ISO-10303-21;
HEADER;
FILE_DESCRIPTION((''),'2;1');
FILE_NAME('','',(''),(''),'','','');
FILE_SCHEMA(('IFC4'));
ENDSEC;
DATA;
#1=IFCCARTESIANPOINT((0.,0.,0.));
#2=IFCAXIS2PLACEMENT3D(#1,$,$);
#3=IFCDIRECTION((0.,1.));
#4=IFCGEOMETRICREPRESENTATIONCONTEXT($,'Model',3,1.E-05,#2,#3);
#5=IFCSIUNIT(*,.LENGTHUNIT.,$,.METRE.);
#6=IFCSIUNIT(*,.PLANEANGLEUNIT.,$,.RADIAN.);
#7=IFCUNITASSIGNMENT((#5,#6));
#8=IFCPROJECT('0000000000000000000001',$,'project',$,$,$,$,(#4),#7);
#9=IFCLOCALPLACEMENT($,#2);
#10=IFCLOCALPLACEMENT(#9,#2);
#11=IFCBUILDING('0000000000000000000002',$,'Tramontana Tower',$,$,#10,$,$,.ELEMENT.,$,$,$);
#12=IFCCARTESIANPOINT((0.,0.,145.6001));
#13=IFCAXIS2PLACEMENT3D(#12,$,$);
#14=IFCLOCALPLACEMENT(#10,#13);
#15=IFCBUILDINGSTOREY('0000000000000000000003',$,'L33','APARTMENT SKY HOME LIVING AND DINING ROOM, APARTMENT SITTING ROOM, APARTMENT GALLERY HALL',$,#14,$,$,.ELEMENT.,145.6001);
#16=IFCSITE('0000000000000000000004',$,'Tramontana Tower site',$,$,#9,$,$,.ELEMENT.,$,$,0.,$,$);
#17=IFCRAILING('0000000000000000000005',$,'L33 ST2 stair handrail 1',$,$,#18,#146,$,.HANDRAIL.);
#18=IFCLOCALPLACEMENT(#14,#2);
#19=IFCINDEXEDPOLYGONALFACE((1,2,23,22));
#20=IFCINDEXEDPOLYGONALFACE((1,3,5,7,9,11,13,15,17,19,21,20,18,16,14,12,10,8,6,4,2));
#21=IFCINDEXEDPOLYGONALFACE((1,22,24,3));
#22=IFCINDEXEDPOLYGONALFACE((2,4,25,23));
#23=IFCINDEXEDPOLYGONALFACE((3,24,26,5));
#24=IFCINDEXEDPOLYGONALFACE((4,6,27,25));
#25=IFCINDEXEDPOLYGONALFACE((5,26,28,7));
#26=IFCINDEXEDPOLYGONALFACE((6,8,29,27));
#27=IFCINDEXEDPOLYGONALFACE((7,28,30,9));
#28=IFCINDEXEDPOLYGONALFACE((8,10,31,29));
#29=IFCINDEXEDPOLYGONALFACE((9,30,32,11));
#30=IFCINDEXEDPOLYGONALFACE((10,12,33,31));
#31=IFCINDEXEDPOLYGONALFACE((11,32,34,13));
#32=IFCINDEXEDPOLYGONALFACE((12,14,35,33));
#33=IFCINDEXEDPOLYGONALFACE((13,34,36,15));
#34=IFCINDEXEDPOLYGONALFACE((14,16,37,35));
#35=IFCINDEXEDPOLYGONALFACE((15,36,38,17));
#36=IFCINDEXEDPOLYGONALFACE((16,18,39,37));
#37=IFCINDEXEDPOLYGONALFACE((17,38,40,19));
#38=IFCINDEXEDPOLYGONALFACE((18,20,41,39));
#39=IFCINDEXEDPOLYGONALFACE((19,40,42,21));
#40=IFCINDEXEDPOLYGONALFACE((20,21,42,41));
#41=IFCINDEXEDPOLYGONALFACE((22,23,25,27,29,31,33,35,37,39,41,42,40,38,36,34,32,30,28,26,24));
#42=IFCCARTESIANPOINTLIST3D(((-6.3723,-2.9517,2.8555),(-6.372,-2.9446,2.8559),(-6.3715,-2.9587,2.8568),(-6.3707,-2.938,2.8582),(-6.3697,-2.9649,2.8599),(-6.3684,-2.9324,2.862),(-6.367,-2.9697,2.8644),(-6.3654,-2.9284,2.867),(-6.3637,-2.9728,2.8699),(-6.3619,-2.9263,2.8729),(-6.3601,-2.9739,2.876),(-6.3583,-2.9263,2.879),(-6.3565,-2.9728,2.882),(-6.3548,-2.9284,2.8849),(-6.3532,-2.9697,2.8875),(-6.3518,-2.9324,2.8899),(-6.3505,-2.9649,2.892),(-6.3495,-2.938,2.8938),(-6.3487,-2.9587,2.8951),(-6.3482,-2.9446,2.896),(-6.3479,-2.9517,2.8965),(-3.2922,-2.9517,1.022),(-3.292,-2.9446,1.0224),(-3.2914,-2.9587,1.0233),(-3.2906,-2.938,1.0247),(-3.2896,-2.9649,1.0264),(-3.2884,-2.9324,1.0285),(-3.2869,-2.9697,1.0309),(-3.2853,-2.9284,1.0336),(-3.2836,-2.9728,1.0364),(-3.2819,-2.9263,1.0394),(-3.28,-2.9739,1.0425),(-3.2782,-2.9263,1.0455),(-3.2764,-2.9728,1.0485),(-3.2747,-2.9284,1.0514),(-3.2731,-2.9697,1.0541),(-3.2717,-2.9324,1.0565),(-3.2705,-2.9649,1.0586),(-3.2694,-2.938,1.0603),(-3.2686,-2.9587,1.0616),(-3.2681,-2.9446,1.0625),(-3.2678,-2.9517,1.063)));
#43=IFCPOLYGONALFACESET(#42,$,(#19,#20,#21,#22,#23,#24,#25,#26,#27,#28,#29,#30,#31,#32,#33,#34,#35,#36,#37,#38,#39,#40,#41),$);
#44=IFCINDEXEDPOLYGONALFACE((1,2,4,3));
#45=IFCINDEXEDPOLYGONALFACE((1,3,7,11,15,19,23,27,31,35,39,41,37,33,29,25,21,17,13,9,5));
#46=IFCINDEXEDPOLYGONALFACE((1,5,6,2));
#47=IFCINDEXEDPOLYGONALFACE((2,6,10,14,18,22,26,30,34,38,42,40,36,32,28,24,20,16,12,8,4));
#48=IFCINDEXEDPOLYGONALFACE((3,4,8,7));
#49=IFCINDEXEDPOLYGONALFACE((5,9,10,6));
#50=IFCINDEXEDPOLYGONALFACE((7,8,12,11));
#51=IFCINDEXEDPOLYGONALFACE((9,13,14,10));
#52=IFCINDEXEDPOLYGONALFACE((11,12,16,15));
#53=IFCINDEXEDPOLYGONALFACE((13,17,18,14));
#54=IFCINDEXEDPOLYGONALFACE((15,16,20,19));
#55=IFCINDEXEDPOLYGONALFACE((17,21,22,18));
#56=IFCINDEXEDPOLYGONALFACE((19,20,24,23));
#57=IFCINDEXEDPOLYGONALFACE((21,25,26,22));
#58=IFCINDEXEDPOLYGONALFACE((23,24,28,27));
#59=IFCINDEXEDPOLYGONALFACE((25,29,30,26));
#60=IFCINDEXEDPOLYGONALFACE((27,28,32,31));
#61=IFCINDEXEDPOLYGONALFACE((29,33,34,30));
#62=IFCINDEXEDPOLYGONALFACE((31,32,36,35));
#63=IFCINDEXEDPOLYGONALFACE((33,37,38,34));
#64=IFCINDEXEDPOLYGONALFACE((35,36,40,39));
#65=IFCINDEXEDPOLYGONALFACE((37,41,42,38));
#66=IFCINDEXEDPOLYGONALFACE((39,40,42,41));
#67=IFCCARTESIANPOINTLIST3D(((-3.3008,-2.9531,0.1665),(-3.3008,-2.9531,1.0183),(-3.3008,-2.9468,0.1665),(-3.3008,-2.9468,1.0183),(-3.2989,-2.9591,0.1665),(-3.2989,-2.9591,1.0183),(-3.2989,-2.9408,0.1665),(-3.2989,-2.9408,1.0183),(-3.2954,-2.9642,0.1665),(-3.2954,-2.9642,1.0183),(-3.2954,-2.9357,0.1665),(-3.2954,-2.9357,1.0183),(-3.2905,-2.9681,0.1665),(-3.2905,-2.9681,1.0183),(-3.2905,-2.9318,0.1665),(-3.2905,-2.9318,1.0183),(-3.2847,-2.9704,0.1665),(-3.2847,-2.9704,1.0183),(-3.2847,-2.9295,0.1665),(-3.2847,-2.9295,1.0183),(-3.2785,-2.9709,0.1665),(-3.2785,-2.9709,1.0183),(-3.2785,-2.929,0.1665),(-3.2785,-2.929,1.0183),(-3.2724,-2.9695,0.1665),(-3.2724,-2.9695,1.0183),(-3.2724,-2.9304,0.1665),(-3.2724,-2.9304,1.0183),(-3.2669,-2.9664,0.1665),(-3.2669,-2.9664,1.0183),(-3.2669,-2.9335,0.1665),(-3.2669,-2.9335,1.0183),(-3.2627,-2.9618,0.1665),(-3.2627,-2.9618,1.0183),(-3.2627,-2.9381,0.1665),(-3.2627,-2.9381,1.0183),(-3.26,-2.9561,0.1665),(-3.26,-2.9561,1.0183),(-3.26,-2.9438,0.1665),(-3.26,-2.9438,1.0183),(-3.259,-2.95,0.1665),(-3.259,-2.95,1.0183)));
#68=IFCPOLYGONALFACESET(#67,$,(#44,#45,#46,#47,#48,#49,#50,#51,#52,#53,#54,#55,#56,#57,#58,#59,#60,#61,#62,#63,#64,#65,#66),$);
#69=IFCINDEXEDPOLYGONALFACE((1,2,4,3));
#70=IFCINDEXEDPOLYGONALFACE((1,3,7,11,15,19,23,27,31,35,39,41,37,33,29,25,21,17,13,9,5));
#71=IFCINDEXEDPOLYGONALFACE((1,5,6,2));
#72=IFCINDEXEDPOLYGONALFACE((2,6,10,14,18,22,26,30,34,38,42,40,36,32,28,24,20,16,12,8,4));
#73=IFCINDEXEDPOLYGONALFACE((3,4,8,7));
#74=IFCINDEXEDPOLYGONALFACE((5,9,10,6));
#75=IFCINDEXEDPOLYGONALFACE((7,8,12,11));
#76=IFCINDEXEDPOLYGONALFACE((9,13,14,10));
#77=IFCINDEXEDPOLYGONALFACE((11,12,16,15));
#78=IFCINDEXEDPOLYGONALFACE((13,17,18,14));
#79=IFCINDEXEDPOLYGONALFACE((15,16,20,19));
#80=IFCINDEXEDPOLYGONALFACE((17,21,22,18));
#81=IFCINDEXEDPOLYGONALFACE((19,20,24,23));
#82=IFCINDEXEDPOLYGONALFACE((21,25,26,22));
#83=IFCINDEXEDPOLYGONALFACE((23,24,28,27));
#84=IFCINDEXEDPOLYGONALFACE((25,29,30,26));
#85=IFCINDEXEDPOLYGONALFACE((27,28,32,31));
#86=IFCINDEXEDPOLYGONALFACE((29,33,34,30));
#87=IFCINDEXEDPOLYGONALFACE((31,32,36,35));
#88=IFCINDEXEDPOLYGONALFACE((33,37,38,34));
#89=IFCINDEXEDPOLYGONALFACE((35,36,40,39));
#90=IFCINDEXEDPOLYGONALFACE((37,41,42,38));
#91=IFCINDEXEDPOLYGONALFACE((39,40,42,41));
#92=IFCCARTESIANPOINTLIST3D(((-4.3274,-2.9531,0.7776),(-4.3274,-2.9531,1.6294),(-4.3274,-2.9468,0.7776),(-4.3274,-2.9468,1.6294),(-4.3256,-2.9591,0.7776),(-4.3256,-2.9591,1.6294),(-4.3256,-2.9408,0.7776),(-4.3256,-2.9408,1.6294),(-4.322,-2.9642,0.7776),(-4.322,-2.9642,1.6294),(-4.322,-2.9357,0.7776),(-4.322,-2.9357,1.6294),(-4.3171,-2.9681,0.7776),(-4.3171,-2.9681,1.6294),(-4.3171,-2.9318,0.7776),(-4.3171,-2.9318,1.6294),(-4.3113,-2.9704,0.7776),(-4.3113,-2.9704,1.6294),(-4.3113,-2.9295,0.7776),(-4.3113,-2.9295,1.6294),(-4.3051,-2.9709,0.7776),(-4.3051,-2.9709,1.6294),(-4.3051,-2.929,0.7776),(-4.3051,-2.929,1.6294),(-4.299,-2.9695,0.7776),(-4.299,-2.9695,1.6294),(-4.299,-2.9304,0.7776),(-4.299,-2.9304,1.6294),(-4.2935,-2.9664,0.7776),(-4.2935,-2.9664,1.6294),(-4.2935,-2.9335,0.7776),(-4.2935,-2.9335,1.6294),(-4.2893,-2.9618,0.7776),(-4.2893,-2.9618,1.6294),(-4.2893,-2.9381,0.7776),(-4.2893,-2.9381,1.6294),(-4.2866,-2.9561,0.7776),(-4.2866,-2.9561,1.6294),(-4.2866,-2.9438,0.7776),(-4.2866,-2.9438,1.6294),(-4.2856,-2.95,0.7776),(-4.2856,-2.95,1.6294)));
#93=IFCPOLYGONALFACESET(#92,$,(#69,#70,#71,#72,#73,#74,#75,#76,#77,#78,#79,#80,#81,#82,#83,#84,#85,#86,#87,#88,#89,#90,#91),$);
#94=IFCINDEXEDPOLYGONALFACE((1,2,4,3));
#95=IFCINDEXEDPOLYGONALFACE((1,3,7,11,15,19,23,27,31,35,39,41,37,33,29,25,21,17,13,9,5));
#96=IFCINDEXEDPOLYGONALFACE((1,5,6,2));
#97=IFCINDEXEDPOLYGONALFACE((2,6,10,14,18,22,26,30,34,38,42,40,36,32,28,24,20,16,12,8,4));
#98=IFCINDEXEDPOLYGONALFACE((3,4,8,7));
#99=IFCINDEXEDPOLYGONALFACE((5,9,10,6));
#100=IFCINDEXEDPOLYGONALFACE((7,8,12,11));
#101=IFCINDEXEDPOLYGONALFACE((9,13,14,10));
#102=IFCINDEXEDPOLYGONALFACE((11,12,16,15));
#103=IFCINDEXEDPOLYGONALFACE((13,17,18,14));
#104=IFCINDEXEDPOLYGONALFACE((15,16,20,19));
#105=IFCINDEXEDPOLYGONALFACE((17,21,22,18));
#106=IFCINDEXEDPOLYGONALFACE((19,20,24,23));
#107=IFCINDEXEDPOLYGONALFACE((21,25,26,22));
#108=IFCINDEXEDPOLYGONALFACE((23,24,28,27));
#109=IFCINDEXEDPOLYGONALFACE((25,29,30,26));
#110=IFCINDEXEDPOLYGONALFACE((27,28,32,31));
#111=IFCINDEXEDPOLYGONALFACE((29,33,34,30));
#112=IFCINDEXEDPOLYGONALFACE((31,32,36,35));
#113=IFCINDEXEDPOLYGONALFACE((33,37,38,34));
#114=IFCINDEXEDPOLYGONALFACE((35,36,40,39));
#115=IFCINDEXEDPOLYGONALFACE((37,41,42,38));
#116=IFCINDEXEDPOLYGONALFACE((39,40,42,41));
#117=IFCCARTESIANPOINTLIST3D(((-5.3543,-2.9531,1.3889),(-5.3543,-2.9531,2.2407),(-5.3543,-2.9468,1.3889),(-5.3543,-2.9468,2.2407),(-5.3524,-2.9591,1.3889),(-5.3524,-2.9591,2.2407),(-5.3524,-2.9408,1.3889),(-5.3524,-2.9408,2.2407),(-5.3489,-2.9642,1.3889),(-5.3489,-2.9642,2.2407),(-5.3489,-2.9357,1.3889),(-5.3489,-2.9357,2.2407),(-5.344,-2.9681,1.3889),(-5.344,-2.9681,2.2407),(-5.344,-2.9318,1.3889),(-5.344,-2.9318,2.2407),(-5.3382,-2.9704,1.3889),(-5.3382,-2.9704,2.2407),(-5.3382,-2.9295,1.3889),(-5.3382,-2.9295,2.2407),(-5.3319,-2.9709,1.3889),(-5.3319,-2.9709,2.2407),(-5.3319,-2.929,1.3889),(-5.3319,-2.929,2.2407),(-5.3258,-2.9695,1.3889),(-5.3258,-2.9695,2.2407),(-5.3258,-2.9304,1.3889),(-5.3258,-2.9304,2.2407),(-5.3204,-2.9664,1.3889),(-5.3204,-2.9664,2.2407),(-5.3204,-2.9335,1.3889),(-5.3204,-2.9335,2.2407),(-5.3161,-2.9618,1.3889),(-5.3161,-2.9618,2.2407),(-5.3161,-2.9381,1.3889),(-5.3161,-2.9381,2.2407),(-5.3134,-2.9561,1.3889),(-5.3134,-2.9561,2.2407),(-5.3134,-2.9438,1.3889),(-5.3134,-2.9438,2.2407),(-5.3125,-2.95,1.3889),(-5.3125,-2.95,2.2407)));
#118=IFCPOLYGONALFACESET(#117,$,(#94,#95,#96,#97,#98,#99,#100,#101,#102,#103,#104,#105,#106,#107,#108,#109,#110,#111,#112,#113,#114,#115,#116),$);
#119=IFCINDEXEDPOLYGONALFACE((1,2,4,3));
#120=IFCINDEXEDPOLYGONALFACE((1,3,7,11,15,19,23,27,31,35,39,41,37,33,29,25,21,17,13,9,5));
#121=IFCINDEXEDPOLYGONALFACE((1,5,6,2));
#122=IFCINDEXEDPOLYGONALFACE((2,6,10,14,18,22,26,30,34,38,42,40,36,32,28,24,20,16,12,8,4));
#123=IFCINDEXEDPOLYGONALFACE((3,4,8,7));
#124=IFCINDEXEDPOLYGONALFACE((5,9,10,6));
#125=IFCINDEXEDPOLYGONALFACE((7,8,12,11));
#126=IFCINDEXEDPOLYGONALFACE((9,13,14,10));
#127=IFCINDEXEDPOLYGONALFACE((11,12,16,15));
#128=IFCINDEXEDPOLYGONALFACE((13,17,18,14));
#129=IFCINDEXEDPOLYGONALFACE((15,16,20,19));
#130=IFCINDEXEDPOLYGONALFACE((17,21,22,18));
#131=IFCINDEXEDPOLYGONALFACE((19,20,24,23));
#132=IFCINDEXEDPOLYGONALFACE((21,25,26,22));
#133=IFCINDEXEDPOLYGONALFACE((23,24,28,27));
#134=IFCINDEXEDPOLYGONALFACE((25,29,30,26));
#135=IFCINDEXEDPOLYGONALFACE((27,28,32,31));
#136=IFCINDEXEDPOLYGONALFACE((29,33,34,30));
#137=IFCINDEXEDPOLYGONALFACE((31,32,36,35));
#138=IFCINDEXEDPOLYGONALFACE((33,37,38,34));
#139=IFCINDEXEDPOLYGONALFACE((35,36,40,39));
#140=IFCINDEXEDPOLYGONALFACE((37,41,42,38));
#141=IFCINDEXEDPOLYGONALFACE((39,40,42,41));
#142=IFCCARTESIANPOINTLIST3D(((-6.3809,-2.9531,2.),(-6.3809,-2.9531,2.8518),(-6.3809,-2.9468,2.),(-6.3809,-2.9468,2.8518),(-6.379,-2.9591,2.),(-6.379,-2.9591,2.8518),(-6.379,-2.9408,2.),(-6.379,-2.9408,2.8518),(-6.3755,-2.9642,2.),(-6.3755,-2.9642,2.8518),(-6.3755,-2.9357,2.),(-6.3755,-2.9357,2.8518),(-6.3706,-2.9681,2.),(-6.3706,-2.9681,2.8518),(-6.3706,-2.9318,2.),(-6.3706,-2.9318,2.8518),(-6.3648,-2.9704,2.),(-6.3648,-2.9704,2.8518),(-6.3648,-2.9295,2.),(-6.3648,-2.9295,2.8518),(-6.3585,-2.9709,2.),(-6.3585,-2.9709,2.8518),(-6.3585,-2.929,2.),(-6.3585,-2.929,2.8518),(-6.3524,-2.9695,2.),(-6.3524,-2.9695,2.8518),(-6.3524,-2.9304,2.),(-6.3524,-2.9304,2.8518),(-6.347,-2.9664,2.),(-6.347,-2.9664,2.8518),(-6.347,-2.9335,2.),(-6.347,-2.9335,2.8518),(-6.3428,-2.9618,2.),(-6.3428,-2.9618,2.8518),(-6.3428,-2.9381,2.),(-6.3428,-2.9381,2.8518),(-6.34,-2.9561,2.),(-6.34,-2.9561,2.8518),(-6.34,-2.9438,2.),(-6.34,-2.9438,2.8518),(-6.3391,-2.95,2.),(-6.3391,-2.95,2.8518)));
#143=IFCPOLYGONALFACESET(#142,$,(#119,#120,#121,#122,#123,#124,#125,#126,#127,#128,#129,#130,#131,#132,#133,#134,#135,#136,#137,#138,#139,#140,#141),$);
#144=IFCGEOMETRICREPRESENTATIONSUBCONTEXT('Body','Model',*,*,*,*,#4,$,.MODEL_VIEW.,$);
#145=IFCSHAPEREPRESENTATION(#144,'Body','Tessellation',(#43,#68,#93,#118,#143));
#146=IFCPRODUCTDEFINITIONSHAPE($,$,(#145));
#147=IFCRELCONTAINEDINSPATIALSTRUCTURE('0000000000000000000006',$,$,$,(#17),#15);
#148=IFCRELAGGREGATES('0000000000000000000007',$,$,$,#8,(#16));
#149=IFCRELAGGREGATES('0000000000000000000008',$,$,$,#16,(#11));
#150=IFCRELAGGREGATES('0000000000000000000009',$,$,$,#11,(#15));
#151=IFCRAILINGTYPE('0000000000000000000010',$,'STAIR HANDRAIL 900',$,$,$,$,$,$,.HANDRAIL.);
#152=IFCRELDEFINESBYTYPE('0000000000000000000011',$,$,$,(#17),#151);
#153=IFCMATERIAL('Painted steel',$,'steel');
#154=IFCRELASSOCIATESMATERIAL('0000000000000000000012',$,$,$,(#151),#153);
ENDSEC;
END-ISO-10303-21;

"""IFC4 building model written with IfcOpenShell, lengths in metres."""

from ifc_helpers import new_model, si_unit, direction, frame, origin, origin_2d, place, context, subcontext, project, spatial, circle, extrude, material, type_object, element, save


model = new_model("IFC4")

# Units and contexts
model_context = context("Model", 3, precision=1e-05, world=origin(), true_north=direction((0.0, 1.0)))
body_context = subcontext(model_context, "Body", "Model", "MODEL_VIEW")
ifc_project = project(units=[si_unit("LENGTHUNIT", "METRE"), si_unit("PLANEANGLEUNIT", "RADIAN")], contexts=[model_context])

# Site, building, storey
site_placement = place(None, origin())
site = spatial("IfcSite", under=ifc_project, at=site_placement, Name="Tramontana Tower site", CompositionType="ELEMENT", RefElevation=0.0)
building_placement = place(site_placement, origin())
building = spatial("IfcBuilding", under=site, at=building_placement, Name="Tramontana Tower", CompositionType="ELEMENT")
storey_placement = place(building_placement, frame((0.0, 0.0, 145.6001)))
storey = spatial("IfcBuildingStorey", under=building, at=storey_placement, Name="L33", Description="APARTMENT SKY HOME LIVING AND DINING ROOM, APARTMENT SITTING ROOM, APARTMENT GALLERY HALL", CompositionType="ELEMENT", Elevation=145.6001)

# Railing
ifc_material_1 = material(Name="Painted steel", Category="steel")
railing_type_1 = type_object("IfcRailingType", Name="STAIR HANDRAIL 900", PredefinedType="HANDRAIL", material=ifc_material_1)
railing_1_placement = place(storey_placement, frame((-3.28, -2.95, 0.1665)))
element("IfcRailing", 1, at=railing_1_placement, inside=storey, type_object=railing_type_1, Name="L33 ST2 stair handrail 1", PredefinedType="HANDRAIL", context=body_context, shape_type="SweptSolid", body=[
    extrude(circle(Radius=0.0239, at=origin_2d()), frame((0.0, 0.0, 0.876), z_axis=(-0.859279, 0.0, 0.511508), x_axis=(0.0, -1.0, 0.0)), (0.0, 0.0, 1.0), 3.5845),
    extrude(circle(Radius=0.021, at=origin_2d()), origin(), (0.0, 0.0, 1.0), 0.8518),
    extrude(circle(Radius=0.021, at=origin_2d()), frame((-1.0266, 0.0, 0.6111)), (0.0, 0.0, 1.0), 0.8518),
    extrude(circle(Radius=0.021, at=origin_2d()), frame((-2.0535, 0.0, 1.2224)), (0.0, 0.0, 1.0), 0.8518),
    extrude(circle(Radius=0.021, at=origin_2d()), frame((-3.0801, 0.0, 1.8335)), (0.0, 0.0, 1.0), 0.8518),
])

save(model, "model.ifc")
